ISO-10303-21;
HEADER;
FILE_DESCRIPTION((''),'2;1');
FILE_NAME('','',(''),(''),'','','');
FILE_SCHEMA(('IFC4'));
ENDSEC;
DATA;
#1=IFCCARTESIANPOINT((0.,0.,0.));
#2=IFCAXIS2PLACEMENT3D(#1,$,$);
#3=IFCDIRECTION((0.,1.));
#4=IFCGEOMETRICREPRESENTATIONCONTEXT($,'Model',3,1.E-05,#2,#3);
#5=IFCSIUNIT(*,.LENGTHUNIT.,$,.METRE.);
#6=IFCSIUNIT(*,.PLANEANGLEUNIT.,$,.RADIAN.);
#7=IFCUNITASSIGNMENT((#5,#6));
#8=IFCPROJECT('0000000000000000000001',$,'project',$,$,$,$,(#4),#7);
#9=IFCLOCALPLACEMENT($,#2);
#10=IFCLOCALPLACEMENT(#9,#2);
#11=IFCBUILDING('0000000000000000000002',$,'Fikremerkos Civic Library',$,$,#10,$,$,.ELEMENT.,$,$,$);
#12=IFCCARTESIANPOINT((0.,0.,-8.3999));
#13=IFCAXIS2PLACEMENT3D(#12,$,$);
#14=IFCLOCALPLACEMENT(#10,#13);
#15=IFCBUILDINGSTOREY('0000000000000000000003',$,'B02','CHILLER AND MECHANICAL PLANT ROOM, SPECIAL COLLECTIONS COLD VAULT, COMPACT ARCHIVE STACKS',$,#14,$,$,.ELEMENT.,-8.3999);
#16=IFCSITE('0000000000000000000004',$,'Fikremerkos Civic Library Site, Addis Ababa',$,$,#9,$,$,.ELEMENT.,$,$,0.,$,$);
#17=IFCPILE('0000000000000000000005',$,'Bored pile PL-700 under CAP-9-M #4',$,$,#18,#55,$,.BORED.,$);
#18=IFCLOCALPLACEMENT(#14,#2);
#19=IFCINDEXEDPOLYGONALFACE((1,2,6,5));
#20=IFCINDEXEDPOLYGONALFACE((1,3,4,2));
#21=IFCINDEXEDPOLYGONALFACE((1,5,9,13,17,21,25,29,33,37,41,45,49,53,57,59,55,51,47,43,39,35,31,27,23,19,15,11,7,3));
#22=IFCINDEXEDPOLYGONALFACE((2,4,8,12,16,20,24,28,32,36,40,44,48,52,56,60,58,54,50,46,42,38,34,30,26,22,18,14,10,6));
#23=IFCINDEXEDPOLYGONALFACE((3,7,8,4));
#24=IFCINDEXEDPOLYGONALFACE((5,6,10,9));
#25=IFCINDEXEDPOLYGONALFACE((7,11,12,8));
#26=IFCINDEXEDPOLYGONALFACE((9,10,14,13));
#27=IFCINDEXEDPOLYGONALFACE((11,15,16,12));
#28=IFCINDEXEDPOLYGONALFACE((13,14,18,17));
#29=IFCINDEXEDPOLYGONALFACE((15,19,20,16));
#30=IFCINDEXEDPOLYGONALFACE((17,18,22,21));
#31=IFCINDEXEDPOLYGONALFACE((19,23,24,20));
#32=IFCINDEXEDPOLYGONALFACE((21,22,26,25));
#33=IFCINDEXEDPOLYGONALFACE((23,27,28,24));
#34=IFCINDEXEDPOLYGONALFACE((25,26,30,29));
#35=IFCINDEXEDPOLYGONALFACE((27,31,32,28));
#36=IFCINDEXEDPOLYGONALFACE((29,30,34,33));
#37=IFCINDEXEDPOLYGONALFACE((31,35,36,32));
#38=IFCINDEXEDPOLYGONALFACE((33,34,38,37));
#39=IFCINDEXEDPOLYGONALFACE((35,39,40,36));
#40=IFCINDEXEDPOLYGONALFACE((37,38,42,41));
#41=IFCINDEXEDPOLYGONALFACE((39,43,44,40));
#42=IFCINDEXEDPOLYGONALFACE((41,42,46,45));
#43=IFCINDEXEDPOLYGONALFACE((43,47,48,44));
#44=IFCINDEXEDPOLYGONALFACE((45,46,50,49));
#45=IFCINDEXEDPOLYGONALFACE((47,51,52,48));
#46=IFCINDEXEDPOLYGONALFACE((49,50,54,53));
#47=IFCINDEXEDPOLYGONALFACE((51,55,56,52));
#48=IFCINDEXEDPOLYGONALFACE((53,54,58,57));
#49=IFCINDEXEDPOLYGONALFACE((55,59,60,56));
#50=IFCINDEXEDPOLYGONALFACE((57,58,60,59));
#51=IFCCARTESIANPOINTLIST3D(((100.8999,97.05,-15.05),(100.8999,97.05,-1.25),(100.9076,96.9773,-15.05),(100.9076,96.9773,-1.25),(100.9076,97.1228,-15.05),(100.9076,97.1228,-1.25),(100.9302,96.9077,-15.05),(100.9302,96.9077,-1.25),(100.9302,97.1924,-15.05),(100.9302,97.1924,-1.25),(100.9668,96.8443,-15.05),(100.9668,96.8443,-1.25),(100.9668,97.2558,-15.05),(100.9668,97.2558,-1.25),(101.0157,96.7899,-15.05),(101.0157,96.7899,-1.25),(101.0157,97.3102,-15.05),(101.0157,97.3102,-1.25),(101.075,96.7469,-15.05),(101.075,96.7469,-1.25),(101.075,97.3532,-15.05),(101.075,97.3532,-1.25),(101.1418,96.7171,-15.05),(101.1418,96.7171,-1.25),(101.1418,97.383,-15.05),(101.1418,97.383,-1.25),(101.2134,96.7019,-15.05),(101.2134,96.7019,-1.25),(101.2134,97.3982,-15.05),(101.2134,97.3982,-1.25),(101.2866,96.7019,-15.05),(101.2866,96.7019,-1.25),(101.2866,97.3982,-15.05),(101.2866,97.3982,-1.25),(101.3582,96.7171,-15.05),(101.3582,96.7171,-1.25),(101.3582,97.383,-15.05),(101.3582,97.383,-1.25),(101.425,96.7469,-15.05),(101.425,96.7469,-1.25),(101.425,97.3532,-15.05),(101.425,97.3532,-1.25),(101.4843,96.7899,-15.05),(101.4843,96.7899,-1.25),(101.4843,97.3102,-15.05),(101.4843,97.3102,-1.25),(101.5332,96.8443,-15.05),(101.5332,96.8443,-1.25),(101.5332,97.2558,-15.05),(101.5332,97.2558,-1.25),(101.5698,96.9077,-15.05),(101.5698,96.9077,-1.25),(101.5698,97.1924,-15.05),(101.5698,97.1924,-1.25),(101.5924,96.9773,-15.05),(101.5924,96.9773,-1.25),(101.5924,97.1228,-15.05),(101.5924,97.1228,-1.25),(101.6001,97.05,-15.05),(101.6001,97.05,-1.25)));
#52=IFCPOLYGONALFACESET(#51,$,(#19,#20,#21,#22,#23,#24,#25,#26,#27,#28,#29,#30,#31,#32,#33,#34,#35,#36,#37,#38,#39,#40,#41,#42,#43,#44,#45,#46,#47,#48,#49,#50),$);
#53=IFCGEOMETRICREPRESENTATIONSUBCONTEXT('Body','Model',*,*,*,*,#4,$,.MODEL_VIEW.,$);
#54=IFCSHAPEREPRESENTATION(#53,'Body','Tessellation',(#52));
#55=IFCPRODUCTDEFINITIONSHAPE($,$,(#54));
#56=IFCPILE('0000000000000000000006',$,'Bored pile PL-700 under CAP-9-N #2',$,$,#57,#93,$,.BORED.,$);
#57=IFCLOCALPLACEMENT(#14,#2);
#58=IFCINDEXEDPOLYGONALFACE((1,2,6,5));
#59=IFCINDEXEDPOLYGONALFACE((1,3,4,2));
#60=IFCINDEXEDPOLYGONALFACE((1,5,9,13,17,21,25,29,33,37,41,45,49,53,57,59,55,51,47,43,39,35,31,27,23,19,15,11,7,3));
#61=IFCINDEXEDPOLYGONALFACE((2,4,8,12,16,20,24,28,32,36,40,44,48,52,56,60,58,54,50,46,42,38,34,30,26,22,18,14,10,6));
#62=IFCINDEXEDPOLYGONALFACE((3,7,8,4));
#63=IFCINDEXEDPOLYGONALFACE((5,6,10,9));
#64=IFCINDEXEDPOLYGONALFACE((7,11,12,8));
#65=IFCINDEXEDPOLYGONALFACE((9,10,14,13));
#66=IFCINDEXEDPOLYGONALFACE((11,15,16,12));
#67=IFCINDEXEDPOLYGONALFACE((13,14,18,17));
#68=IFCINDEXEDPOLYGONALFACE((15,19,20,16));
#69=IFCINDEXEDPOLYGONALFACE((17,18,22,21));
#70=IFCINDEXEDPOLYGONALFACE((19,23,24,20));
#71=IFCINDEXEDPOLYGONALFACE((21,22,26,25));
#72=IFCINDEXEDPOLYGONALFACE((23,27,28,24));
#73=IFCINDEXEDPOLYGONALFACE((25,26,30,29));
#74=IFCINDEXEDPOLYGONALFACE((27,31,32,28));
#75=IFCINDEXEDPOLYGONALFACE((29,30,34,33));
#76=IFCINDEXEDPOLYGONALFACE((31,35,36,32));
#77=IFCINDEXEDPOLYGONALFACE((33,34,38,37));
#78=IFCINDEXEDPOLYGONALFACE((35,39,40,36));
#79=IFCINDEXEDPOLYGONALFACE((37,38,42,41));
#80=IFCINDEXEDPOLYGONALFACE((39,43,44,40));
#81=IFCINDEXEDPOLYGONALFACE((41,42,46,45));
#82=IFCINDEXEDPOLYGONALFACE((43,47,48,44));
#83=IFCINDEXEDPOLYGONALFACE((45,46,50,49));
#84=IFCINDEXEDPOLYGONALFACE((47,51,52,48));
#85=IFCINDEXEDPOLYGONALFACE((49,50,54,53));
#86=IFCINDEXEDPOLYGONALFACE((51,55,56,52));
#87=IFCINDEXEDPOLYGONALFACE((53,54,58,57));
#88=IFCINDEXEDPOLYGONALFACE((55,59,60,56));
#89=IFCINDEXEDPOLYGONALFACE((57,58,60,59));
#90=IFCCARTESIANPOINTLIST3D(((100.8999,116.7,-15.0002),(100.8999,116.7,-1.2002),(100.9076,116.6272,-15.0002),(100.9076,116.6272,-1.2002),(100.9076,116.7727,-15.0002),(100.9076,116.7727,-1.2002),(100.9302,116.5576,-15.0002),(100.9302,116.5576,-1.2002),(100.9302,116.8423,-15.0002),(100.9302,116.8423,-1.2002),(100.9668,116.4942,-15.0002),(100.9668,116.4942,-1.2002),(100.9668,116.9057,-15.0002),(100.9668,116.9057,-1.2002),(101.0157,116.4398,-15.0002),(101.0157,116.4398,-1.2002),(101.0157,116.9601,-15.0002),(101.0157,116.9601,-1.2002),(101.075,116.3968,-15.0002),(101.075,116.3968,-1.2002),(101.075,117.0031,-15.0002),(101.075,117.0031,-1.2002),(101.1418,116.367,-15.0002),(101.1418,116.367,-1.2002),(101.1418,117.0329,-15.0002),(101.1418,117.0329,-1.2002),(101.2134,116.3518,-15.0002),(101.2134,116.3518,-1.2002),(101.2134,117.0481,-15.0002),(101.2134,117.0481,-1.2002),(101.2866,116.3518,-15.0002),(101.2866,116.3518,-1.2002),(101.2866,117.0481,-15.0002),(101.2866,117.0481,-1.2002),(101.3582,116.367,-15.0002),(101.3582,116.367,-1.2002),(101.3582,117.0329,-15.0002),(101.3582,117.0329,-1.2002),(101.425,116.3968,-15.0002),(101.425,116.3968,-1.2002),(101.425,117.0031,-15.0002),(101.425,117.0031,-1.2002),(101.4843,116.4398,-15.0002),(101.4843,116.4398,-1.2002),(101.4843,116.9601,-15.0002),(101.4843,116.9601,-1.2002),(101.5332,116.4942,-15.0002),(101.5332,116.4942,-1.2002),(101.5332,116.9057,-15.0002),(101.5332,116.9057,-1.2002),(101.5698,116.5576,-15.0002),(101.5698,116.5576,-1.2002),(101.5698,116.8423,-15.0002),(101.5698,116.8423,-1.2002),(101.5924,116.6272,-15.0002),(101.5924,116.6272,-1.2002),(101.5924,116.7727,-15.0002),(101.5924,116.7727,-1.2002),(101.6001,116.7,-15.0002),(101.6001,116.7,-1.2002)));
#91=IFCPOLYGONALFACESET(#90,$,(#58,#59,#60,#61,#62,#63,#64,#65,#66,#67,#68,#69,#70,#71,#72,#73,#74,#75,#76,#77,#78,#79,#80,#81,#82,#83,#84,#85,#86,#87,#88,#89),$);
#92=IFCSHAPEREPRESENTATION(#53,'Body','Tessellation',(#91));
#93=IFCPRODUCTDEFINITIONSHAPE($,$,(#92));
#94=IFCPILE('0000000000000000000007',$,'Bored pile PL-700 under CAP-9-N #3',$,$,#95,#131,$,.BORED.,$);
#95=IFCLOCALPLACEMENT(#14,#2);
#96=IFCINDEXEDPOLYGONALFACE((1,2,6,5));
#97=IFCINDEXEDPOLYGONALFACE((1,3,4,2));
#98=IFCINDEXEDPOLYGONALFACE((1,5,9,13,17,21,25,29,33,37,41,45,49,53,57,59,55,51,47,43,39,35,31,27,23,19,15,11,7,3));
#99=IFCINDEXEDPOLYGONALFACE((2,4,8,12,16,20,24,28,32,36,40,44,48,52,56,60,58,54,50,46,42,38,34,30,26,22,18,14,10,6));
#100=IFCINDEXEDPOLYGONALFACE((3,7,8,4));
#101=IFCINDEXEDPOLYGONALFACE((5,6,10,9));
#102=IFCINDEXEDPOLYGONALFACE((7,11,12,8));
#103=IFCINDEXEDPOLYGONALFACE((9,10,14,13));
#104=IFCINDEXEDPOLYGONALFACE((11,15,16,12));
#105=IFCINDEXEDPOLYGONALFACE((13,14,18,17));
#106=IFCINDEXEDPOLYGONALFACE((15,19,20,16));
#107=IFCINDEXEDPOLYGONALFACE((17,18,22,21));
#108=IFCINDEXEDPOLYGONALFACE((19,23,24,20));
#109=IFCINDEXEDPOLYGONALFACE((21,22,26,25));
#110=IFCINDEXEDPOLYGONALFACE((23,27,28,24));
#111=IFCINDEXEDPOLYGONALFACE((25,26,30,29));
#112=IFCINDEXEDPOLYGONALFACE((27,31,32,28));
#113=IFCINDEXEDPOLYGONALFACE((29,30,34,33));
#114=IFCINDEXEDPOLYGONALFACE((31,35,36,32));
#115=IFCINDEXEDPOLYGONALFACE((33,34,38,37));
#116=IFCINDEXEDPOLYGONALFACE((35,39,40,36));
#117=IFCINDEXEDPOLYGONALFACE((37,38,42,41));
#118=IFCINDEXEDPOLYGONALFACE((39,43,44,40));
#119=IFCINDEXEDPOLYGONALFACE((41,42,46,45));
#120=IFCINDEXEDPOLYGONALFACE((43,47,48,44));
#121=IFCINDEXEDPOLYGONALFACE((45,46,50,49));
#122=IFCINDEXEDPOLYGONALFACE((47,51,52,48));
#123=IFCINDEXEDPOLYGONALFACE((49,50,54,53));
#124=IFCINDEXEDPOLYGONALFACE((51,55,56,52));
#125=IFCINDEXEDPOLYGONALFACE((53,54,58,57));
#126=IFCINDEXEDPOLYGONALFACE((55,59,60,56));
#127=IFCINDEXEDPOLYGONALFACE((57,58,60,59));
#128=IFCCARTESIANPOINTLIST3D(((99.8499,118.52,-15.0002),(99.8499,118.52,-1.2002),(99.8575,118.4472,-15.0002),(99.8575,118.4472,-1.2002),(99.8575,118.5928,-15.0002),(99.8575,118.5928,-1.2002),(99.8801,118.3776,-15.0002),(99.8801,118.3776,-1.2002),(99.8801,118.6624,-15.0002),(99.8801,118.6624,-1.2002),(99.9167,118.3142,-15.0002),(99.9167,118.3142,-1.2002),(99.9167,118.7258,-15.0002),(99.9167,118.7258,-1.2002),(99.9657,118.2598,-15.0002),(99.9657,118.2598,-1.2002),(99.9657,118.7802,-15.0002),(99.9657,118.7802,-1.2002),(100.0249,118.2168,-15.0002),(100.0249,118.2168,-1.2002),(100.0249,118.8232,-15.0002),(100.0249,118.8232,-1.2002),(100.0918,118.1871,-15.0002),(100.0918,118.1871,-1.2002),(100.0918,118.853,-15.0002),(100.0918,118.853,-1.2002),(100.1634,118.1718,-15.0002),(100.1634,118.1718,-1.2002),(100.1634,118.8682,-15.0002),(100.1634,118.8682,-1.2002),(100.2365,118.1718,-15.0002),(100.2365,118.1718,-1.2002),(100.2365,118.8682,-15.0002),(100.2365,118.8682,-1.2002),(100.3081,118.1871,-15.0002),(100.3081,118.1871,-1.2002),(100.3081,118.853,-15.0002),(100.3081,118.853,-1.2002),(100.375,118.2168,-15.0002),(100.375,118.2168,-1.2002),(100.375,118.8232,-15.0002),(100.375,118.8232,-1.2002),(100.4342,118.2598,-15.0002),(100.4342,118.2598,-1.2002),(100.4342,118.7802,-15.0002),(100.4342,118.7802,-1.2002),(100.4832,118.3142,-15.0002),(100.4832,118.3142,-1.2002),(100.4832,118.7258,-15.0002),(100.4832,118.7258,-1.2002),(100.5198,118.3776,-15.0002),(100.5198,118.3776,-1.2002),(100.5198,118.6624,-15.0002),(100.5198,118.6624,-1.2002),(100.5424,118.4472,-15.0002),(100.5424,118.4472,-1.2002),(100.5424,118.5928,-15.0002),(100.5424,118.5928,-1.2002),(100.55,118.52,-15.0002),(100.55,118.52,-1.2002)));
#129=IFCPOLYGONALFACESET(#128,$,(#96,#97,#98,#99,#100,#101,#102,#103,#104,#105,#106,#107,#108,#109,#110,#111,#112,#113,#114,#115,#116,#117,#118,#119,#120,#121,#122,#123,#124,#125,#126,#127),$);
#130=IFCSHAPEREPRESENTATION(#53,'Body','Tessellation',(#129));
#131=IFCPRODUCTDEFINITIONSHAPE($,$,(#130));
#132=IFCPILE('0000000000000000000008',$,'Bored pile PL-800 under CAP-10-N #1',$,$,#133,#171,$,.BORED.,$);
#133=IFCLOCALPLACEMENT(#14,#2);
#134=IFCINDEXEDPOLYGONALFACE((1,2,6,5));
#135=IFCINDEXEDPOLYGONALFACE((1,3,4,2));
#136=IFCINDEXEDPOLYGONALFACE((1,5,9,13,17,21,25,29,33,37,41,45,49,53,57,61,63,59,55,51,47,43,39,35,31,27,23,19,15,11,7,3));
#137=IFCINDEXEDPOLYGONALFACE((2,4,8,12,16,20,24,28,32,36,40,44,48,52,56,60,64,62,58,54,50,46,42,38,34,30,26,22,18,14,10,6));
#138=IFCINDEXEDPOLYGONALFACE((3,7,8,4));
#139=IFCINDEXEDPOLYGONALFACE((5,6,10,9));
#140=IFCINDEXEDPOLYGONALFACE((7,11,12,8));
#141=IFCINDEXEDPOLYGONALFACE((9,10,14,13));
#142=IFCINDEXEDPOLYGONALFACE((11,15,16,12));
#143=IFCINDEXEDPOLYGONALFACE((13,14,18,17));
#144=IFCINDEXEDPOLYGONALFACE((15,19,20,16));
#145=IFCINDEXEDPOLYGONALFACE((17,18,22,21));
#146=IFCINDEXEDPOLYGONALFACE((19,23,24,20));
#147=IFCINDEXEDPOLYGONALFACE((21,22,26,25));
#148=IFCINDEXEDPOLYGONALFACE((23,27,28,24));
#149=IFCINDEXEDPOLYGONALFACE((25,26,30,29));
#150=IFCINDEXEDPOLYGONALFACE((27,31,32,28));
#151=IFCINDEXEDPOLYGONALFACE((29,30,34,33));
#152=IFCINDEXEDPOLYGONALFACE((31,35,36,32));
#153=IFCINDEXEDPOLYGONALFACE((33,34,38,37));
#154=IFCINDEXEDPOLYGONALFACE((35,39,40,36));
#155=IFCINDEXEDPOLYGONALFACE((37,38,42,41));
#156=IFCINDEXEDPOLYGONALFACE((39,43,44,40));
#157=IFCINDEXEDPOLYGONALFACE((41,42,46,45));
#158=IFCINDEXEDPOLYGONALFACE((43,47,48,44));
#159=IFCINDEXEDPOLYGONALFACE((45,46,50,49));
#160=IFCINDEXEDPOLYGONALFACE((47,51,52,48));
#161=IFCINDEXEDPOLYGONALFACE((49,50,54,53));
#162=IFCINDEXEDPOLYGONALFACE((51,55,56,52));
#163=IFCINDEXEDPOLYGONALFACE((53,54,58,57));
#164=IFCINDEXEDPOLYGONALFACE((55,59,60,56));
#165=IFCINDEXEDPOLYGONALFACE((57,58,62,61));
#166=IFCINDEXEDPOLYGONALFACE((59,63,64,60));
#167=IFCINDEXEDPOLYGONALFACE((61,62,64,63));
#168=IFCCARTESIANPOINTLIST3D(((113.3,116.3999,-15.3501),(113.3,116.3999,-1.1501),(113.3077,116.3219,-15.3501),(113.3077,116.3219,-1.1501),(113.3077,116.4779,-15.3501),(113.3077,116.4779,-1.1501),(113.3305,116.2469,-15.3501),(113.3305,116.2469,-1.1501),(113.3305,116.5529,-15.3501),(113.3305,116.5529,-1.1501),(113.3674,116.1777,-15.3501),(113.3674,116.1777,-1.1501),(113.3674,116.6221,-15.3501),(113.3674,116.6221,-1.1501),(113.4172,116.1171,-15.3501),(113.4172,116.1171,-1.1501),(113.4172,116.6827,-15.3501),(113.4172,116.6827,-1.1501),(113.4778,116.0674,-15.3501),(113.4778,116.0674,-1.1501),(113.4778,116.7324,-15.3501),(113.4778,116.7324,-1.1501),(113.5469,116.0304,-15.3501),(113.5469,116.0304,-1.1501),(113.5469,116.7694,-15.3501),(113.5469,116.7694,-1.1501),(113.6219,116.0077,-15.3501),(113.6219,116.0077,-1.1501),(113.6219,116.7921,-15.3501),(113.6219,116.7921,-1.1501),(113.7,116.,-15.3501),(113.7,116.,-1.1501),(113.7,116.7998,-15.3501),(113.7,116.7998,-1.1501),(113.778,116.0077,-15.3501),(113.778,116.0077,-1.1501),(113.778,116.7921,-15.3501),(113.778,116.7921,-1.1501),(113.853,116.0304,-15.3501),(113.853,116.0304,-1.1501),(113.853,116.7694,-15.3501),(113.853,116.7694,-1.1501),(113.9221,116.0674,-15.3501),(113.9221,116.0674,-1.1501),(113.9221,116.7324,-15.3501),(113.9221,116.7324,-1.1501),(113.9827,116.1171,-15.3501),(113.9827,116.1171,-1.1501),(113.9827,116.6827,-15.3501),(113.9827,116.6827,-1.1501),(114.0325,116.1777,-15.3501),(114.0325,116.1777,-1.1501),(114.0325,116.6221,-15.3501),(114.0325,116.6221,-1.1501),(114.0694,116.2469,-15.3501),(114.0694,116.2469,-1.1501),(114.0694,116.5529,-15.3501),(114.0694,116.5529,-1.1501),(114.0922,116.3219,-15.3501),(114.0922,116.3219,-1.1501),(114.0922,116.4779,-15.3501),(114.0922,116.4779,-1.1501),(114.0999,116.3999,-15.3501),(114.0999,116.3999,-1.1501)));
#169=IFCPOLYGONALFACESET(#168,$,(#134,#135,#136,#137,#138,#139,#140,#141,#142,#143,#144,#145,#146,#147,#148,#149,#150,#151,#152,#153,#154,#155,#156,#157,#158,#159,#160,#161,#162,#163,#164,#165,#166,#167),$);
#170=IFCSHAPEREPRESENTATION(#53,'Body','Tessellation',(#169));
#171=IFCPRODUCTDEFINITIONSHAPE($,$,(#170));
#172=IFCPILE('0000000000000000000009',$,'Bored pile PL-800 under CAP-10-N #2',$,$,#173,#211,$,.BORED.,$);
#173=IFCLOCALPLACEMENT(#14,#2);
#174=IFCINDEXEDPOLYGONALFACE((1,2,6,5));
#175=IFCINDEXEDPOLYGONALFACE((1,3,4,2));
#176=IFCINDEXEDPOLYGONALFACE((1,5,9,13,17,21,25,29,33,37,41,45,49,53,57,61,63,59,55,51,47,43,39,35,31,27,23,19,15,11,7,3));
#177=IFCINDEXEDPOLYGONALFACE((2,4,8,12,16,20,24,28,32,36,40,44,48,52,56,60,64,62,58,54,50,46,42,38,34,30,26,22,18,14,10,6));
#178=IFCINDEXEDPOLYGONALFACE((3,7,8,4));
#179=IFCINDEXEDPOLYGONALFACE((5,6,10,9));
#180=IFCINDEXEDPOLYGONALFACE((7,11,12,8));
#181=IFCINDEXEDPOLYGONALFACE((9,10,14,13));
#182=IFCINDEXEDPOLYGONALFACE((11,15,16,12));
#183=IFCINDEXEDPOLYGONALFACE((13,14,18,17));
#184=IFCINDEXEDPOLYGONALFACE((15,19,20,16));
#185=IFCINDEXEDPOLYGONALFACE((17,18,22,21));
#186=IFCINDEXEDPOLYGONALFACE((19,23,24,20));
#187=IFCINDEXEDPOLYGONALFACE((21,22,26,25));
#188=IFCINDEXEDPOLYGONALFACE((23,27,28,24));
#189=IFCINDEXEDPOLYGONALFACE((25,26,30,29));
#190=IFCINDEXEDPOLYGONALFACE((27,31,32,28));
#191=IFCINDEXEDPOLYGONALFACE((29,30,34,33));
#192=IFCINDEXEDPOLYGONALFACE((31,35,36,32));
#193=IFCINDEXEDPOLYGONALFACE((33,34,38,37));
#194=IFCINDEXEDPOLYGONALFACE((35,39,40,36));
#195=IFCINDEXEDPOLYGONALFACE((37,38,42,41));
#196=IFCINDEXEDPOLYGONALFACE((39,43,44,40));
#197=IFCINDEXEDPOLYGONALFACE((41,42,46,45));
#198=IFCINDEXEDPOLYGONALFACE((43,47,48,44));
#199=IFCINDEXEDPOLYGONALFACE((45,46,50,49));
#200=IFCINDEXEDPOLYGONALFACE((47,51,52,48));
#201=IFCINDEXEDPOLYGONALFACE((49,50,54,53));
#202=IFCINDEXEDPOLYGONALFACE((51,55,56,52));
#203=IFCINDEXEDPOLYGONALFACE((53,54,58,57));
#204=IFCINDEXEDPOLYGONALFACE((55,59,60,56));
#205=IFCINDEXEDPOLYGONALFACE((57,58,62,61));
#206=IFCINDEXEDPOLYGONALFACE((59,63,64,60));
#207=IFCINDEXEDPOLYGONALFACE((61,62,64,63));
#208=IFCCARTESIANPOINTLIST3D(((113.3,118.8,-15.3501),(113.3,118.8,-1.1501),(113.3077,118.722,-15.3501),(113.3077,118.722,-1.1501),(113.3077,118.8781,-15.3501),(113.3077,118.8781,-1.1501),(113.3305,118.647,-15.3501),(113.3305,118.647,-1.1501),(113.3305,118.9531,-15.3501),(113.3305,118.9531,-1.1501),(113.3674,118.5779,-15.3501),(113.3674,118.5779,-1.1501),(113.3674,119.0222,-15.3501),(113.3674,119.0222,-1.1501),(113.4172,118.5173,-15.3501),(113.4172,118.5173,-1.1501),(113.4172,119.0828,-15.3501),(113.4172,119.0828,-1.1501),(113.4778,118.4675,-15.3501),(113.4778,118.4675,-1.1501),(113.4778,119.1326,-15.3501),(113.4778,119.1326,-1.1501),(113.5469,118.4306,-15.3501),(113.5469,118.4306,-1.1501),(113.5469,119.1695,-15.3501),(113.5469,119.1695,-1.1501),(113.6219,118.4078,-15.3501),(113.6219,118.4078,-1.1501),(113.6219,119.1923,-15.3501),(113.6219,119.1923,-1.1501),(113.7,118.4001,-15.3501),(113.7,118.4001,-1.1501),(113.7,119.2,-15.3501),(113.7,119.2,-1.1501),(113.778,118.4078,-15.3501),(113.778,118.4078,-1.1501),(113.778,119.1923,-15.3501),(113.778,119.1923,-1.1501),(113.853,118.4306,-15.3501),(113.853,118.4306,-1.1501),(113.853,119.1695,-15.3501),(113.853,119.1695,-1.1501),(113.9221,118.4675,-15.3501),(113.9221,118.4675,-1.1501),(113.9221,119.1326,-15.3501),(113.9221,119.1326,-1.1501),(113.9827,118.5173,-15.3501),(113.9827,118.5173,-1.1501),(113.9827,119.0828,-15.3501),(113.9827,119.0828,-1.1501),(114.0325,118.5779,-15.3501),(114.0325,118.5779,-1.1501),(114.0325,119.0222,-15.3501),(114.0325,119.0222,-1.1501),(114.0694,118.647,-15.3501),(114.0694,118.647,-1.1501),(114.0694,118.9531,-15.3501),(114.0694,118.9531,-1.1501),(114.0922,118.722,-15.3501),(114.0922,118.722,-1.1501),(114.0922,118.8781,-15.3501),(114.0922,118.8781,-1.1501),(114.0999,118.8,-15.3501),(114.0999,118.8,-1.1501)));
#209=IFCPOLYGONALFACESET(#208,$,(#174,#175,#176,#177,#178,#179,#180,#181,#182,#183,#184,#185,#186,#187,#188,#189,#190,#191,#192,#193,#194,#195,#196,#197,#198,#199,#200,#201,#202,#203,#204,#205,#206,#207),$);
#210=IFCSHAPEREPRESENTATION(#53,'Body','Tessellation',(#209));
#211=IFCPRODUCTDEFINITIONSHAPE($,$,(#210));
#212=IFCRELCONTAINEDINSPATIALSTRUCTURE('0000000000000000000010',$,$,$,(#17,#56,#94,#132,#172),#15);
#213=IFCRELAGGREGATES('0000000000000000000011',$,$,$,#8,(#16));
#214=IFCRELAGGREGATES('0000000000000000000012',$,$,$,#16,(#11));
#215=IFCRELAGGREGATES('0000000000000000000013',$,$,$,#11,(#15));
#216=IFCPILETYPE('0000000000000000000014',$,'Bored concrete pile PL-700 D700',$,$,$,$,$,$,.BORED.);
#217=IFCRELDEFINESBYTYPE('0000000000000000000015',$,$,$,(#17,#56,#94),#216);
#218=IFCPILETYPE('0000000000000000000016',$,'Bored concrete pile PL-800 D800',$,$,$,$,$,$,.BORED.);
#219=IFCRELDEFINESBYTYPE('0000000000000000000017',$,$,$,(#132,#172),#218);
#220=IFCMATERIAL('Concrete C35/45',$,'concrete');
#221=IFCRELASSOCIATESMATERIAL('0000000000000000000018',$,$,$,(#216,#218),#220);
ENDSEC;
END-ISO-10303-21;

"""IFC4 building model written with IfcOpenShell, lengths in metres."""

from ifc_helpers import new_model, si_unit, direction, frame, origin, origin_2d, place, context, subcontext, project, spatial, circle, extrude, material, material_profile, profile_set, type_object, element, save


model = new_model("IFC4")

# Units and contexts
model_context = context("Model", 3, precision=1e-05, world=origin(), true_north=direction((0.0, 1.0)))
body_context = subcontext(model_context, "Body", "Model", "MODEL_VIEW")
ifc_project = project(units=[si_unit("LENGTHUNIT", "METRE"), si_unit("PLANEANGLEUNIT", "RADIAN")], contexts=[model_context])

# Site, building, storey
site_placement = place(None, origin())
site = spatial("IfcSite", under=ifc_project, at=site_placement, Name="Fikremerkos Civic Library Site, Addis Ababa", CompositionType="ELEMENT", RefElevation=0.0)
building_placement = place(site_placement, origin())
building = spatial("IfcBuilding", under=site, at=building_placement, Name="Fikremerkos Civic Library", CompositionType="ELEMENT")
storey_placement = place(building_placement, frame((0.0, 0.0, -8.3999)))
storey = spatial("IfcBuildingStorey", under=building, at=storey_placement, Name="B02", Description="CHILLER AND MECHANICAL PLANT ROOM, SPECIAL COLLECTIONS COLD VAULT, COMPACT ARCHIVE STACKS", CompositionType="ELEMENT", Elevation=-8.3999)

# Piles
ifc_material_1 = material(Name="Concrete C35/45", Category="concrete")
ifc_material_profile_1 = material_profile(ifc_material_1, circle(Radius=0.3501, at=origin_2d()), Name="BORED PILE 700")
ifc_profile_set_1 = profile_set([ifc_material_profile_1], Name="Concrete C35/45")
pile_type_1 = type_object("IfcPileType", Name="Bored concrete pile PL-700 D700", PredefinedType="BORED", material=ifc_profile_set_1)
for number, where, z_axis, x_axis, name in (
    (1, (101.25, 97.05, -1.25), (0.0, 0.0, -1.0), (1.0, 0.0, 0.0), "Bored pile PL-700 under CAP-9-M #4"),
    (2, (101.25, 116.7, -1.2002), (0.0, 0.0, -1.0), (1.0, 0.0, 0.0), "Bored pile PL-700 under CAP-9-N #2"),
    (3, (100.2, 118.52, -1.2002), (0.0, 0.0, -1.0), (1.0, 0.0, 0.0), "Bored pile PL-700 under CAP-9-N #3"),
):
    element("IfcPile", number, at=place(storey_placement, frame(where, z_axis=z_axis, x_axis=x_axis)), inside=storey, type_object=pile_type_1, Name=name, PredefinedType="BORED", context=body_context, shape_type="SweptSolid", body=[
        extrude(circle(Radius=0.3501, at=origin_2d()), origin(), (0.0, 0.0, 1.0), 13.8),
    ])
ifc_material_profile_2 = material_profile(ifc_material_1, circle(Radius=0.3999, at=origin_2d()), Name="BORED PILE 800")
ifc_profile_set_2 = profile_set([ifc_material_profile_2], Name="Concrete C35/45")
pile_type_2 = type_object("IfcPileType", Name="Bored concrete pile PL-800 D800", PredefinedType="BORED", material=ifc_profile_set_2)
for number, where, z_axis, x_axis, name in (
    (4, (113.7, 116.3999, -1.1501), (0.0, 0.0, -1.0), (1.0, 0.0, 0.0), "Bored pile PL-800 under CAP-10-N #1"),
    (5, (113.7, 118.8, -1.1501), (0.0, 0.0, -1.0), (1.0, 0.0, 0.0), "Bored pile PL-800 under CAP-10-N #2"),
):
    element("IfcPile", number, at=place(storey_placement, frame(where, z_axis=z_axis, x_axis=x_axis)), inside=storey, type_object=pile_type_2, Name=name, PredefinedType="BORED", context=body_context, shape_type="SweptSolid", body=[
        extrude(circle(Radius=0.3999, at=origin_2d()), origin(), (0.0, 0.0, 1.0), 14.2),
    ])

save(model, "model.ifc")
